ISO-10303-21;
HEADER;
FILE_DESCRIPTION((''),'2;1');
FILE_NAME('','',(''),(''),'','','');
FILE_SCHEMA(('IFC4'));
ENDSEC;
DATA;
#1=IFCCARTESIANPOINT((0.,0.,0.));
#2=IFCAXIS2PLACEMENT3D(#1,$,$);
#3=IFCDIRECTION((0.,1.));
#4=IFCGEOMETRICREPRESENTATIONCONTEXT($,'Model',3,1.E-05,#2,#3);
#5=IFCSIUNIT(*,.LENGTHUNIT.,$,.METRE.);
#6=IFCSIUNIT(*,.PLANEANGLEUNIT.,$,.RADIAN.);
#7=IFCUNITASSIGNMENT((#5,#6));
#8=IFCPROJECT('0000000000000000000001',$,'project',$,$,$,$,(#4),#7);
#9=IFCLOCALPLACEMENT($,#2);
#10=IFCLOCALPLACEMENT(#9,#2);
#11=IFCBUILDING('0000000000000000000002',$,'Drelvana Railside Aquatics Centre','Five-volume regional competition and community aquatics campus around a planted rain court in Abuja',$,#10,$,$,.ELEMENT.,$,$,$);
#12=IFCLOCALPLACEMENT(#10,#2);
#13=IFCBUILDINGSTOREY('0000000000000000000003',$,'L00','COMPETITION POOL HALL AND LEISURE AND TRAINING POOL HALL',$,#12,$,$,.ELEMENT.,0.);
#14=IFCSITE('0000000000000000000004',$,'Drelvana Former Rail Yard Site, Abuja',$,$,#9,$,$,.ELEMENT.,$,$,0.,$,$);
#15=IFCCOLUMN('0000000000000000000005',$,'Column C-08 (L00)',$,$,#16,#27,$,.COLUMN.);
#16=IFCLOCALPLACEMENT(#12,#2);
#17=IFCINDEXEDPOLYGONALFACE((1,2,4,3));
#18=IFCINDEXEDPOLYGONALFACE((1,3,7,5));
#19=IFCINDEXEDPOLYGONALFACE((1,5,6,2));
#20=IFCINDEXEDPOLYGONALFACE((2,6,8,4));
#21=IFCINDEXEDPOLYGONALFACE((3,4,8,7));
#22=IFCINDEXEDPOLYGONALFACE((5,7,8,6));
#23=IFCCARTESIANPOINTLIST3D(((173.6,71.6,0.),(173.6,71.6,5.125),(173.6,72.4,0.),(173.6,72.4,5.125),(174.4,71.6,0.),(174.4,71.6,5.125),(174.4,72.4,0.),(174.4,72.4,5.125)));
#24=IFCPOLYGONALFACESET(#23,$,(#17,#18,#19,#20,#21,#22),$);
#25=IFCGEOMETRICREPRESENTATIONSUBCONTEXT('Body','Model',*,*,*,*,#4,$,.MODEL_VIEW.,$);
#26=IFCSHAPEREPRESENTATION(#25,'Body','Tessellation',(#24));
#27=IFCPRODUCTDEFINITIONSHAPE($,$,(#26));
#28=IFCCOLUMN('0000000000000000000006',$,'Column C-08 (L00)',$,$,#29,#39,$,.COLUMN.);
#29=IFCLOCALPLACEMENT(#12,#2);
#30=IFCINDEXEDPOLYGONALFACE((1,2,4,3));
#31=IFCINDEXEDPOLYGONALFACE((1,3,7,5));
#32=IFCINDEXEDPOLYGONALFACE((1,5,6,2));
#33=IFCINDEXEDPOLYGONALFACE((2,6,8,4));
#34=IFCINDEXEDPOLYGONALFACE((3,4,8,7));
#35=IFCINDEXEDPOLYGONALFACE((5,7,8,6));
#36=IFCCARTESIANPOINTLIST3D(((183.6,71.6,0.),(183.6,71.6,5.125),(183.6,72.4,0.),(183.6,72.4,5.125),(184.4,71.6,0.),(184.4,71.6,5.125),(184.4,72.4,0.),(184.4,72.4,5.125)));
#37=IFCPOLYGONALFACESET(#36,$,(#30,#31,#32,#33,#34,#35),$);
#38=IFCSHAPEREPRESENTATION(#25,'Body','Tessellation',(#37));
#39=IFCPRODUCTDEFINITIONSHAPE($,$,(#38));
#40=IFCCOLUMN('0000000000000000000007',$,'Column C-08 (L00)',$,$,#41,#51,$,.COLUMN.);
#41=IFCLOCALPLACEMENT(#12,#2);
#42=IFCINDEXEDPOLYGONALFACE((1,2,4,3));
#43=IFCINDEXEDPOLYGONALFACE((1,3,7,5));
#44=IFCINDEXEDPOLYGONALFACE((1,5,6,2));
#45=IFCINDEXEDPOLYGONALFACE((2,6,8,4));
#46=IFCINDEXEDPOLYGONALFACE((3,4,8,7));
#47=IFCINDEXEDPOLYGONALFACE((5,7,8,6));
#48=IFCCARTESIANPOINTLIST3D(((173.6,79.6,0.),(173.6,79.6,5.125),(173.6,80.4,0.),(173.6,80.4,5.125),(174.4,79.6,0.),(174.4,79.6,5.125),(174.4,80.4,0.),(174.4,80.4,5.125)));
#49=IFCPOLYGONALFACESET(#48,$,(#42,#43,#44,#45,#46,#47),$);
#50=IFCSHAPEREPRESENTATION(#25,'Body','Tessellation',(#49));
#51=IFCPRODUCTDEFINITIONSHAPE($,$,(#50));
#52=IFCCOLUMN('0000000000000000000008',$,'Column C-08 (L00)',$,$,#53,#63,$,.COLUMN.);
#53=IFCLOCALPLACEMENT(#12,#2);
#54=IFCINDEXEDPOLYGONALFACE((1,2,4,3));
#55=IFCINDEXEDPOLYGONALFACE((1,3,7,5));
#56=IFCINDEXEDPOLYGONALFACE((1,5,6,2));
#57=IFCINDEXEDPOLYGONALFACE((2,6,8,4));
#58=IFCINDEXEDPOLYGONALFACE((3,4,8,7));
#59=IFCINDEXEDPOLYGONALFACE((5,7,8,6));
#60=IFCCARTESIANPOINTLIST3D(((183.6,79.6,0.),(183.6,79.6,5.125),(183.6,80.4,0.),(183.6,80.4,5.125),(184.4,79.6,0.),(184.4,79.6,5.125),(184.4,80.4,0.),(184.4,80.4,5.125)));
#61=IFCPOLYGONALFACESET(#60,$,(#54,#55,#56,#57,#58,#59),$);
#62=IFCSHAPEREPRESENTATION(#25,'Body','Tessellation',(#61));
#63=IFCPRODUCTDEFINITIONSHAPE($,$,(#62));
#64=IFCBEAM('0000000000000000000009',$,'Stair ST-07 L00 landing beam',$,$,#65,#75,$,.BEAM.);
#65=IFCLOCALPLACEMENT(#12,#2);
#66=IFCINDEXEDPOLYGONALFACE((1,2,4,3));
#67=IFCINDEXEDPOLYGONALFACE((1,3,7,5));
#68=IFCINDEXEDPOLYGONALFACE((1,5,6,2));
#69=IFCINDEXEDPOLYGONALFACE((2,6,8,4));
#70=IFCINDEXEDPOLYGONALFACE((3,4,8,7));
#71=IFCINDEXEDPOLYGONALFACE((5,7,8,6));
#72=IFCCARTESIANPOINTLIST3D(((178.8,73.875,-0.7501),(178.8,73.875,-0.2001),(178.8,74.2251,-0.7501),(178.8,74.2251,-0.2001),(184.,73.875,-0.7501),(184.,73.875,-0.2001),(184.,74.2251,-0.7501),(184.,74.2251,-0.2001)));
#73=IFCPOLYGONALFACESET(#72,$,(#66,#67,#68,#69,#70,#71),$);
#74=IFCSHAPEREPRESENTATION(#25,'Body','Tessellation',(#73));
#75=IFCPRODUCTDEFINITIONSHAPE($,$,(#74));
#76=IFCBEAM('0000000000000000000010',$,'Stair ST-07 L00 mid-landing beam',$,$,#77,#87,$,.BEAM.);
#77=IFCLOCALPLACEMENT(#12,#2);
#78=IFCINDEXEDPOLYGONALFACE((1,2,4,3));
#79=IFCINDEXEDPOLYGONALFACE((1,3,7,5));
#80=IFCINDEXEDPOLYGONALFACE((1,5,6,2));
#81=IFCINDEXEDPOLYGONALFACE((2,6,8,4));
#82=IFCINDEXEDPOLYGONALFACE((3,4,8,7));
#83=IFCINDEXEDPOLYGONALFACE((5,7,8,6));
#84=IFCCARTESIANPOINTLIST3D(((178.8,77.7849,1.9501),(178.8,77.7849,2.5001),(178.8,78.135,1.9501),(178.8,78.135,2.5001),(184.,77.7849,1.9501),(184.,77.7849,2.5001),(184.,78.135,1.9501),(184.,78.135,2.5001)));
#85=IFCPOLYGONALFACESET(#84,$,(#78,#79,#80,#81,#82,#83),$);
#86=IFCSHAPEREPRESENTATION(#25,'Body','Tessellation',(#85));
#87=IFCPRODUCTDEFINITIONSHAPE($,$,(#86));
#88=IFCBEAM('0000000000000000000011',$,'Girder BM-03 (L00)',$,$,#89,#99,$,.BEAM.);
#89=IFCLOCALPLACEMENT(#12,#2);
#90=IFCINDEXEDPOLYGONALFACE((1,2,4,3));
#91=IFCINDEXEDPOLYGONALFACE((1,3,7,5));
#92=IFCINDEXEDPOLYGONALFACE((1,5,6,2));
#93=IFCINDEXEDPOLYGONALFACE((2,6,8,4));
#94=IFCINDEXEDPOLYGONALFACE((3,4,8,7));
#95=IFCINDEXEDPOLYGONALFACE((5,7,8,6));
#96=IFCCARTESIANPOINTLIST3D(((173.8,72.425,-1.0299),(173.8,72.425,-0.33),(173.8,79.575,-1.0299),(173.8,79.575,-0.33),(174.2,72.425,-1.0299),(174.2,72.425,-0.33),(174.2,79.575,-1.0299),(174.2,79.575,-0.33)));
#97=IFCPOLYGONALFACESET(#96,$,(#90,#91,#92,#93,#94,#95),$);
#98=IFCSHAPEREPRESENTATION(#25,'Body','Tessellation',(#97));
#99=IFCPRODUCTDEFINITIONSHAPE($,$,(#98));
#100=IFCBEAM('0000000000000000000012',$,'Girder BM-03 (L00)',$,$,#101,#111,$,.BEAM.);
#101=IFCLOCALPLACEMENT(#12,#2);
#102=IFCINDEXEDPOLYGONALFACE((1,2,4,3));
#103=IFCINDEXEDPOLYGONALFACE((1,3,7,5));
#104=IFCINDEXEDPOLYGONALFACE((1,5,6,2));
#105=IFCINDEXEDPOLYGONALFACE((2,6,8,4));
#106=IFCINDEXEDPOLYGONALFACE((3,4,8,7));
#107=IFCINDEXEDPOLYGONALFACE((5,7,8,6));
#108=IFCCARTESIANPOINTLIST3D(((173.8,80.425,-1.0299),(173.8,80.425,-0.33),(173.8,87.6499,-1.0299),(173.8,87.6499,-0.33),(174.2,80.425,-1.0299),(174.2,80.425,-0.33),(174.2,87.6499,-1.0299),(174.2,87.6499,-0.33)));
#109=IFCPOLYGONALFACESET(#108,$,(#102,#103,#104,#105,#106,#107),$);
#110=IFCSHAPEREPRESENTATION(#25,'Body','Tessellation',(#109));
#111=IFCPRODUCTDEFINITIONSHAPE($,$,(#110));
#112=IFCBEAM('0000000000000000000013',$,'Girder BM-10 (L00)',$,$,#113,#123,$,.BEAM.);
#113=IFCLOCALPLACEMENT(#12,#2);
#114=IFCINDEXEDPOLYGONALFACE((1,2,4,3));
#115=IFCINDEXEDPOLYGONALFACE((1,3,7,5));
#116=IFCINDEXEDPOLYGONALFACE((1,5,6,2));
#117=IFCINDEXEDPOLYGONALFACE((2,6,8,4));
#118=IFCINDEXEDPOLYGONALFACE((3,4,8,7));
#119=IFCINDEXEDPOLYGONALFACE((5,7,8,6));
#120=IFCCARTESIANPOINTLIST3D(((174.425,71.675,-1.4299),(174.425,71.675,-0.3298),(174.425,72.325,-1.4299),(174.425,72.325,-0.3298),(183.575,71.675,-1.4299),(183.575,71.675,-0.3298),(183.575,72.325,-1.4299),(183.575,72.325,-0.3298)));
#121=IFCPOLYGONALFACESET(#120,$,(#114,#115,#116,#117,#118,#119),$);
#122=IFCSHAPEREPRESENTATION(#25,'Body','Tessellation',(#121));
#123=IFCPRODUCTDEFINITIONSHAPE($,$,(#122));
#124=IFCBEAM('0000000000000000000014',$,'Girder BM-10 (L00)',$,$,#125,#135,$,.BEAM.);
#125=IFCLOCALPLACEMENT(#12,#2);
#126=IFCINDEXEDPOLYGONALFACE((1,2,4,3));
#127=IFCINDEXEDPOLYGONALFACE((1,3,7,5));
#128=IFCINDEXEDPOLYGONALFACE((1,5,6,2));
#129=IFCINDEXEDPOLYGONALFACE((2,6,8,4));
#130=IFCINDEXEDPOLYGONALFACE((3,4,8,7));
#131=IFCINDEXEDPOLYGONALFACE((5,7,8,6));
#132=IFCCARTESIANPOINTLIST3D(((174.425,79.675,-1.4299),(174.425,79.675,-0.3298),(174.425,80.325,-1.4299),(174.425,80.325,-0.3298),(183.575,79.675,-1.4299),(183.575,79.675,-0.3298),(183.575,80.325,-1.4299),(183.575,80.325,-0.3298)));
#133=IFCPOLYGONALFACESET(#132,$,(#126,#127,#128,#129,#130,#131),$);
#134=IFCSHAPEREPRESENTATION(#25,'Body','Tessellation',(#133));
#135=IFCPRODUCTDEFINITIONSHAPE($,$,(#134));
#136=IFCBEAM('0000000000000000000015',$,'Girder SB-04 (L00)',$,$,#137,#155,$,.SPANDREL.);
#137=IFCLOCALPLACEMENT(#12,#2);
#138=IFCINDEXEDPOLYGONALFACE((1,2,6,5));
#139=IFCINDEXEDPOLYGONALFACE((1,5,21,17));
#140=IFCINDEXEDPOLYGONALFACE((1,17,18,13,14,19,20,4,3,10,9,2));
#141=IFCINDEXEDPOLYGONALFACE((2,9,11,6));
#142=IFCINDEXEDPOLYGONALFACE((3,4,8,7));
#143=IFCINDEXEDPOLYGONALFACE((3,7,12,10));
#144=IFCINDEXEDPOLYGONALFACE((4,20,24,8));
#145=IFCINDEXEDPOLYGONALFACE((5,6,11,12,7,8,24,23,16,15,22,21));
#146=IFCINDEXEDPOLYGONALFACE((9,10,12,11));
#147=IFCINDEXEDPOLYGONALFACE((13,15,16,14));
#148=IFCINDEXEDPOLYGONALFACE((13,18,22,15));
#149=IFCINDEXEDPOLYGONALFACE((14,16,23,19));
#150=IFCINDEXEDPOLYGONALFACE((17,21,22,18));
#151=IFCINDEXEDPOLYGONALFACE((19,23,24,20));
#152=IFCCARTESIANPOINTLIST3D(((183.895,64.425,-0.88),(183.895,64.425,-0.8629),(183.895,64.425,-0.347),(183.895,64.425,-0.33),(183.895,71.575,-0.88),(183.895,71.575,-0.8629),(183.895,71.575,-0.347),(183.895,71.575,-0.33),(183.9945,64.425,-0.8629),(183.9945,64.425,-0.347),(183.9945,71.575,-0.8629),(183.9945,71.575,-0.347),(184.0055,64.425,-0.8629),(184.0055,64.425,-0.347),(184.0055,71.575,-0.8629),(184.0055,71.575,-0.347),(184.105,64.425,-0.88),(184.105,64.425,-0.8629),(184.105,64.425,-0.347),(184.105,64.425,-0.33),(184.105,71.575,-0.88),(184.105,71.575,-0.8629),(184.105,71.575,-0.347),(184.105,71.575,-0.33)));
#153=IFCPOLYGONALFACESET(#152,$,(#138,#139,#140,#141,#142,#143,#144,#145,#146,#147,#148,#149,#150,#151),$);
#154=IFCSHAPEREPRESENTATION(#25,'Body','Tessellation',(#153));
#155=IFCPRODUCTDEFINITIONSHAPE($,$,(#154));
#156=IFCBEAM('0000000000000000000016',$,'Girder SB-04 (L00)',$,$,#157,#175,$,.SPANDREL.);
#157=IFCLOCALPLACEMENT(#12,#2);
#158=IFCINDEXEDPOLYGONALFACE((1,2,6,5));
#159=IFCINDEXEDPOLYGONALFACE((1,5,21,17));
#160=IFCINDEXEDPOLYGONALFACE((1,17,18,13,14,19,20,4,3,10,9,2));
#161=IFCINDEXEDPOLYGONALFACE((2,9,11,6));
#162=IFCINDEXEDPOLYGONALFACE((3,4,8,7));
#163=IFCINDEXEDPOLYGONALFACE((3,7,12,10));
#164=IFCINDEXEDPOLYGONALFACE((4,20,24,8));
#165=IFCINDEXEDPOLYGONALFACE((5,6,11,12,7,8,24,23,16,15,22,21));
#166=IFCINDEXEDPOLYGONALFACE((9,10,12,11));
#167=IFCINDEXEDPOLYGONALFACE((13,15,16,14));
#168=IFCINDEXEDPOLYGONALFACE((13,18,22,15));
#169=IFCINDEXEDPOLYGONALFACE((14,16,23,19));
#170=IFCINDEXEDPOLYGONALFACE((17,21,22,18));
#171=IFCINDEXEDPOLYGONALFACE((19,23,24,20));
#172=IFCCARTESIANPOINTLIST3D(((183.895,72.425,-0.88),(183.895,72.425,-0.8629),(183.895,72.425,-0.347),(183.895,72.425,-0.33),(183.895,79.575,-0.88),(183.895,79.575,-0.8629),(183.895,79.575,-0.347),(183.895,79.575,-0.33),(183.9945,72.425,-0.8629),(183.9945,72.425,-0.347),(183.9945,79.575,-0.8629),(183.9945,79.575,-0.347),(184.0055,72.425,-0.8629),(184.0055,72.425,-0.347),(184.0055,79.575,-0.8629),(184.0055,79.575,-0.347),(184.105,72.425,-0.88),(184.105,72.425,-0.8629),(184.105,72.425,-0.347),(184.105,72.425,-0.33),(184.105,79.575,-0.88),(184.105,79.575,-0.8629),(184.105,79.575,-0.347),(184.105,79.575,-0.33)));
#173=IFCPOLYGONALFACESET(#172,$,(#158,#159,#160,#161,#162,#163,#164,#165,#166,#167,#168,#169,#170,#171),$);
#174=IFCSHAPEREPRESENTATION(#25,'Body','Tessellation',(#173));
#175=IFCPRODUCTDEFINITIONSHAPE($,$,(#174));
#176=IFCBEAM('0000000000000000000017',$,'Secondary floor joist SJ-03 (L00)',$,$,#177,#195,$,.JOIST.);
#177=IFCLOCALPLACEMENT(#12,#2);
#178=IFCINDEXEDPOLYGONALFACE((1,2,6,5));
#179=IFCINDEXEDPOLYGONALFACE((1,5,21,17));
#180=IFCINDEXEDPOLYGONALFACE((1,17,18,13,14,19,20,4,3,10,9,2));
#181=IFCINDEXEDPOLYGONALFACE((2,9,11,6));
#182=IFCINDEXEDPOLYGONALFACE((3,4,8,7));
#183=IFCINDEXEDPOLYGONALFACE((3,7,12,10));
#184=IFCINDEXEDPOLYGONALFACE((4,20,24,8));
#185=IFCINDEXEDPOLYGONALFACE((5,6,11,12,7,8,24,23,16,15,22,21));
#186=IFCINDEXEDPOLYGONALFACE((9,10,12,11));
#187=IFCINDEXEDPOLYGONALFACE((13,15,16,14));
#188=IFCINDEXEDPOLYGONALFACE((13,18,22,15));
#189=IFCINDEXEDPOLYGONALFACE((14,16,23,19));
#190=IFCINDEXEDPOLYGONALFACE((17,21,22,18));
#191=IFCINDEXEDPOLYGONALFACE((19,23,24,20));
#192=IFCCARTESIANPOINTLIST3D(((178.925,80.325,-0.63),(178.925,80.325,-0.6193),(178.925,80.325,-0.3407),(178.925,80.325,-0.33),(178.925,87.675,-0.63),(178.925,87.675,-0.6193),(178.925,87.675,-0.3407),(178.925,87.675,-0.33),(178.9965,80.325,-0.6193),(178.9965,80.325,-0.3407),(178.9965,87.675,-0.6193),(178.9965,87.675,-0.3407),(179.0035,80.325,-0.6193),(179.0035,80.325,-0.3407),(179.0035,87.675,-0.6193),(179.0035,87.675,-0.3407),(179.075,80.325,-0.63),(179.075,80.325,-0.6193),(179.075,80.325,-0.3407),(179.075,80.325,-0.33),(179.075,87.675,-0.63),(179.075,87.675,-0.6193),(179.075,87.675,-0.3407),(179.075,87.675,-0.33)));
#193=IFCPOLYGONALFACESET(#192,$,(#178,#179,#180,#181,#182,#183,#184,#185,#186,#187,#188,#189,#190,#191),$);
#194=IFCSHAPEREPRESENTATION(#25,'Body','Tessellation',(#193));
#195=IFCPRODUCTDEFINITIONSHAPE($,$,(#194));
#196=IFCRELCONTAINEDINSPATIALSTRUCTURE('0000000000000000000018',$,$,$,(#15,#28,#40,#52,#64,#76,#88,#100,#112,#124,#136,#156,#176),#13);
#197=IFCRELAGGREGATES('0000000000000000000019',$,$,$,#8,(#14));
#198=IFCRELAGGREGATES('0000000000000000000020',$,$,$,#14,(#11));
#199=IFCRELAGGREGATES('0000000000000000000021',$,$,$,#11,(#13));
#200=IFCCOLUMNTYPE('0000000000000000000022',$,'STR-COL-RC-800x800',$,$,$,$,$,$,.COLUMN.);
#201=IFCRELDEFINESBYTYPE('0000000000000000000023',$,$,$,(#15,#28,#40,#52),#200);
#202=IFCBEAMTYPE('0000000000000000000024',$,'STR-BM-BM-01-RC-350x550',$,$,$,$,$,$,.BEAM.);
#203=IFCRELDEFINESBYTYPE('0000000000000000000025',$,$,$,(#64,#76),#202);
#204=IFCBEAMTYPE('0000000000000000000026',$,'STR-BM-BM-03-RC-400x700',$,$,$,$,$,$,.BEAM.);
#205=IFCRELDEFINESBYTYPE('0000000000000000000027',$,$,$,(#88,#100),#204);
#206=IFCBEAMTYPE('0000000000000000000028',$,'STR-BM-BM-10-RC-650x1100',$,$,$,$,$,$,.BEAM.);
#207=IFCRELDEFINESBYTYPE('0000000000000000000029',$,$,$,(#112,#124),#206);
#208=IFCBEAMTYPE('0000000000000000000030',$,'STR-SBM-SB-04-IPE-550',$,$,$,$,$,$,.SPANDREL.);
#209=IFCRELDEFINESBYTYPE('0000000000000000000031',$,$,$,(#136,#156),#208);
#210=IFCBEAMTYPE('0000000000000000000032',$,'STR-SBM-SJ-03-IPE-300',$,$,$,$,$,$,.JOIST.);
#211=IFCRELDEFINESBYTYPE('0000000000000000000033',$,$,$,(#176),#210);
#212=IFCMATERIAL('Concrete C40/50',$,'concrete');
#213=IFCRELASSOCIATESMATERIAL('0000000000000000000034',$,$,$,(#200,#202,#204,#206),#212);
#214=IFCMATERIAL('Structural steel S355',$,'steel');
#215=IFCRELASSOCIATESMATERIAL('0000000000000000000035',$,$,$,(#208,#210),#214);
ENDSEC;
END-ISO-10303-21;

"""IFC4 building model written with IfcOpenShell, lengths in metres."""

from ifc_helpers import new_model, si_unit, direction, frame, origin, origin_2d, place, context, subcontext, project, spatial, rectangle, i_section, extrude, material, material_profile, profile_set, type_object, element, save


model = new_model("IFC4")

# Units and contexts
model_context = context("Model", 3, precision=1e-05, world=origin(), true_north=direction((0.0, 1.0)))
body_context = subcontext(model_context, "Body", "Model", "MODEL_VIEW")
ifc_project = project(units=[si_unit("LENGTHUNIT", "METRE"), si_unit("PLANEANGLEUNIT", "RADIAN")], contexts=[model_context])

# Site, building, storey
site_placement = place(None, origin())
site = spatial("IfcSite", under=ifc_project, at=site_placement, Name="Drelvana Former Rail Yard Site, Abuja", CompositionType="ELEMENT", RefElevation=0.0)
building_placement = place(site_placement, origin())
building = spatial("IfcBuilding", under=site, at=building_placement, Name="Drelvana Railside Aquatics Centre", Description="Five-volume regional competition and community aquatics campus around a planted rain court in Abuja", CompositionType="ELEMENT")
storey_placement = place(building_placement, origin())
storey = spatial("IfcBuildingStorey", under=building, at=storey_placement, Name="L00", Description="COMPETITION POOL HALL AND LEISURE AND TRAINING POOL HALL", CompositionType="ELEMENT", Elevation=0.0)

# Columns
ifc_material_1 = material(Name="Concrete C40/50", Category="concrete")
ifc_material_profile_1 = material_profile(ifc_material_1, rectangle(XDim=0.8, YDim=0.8, at=origin_2d()), Name="RC 800x800")
ifc_profile_set_1 = profile_set([ifc_material_profile_1], Name="Concrete C40/50")
column_type = type_object("IfcColumnType", Name="STR-COL-RC-800x800", PredefinedType="COLUMN", material=ifc_profile_set_1)
for number, where, z_axis, x_axis, name in (
    (1, (174.0, 72.0, 0.0), (0.0, 0.0, 1.0), (1.0, 0.0, 0.0), "Column C-08 (L00)"),
    (2, (184.0, 72.0, 0.0), (0.0, 0.0, 1.0), (1.0, 0.0, 0.0), "Column C-08 (L00)"),
    (3, (174.0, 80.0, 0.0), (0.0, 0.0, 1.0), (1.0, 0.0, 0.0), "Column C-08 (L00)"),
    (4, (184.0, 80.0, 0.0), (0.0, 0.0, 1.0), (1.0, 0.0, 0.0), "Column C-08 (L00)"),
):
    element("IfcColumn", number, at=place(storey_placement, frame(where, z_axis=z_axis, x_axis=x_axis)), inside=storey, type_object=column_type, Name=name, PredefinedType="COLUMN", context=body_context, shape_type="SweptSolid", body=[
        extrude(rectangle(XDim=0.8, YDim=0.8, at=origin_2d()), origin(), (0.0, 0.0, 1.0), 5.125),
    ])

# Beams
ifc_material_profile_2 = material_profile(ifc_material_1, rectangle(XDim=0.3501, YDim=0.55, at=origin_2d()), Name="RC 350x550")
ifc_profile_set_2 = profile_set([ifc_material_profile_2], Name="Concrete C40/50")
beam_type_1 = type_object("IfcBeamType", Name="STR-BM-BM-01-RC-350x550", PredefinedType="BEAM", material=ifc_profile_set_2)
for number, where, z_axis, x_axis, name in (
    (5, (178.8, 74.05, -0.4751), (1.0, 0.0, 0.0), (0.0, 1.0, 0.0), "Stair ST-07 L00 landing beam"),
    (6, (178.8, 77.96, 2.2251), (1.0, 0.0, 0.0), (0.0, 1.0, 0.0), "Stair ST-07 L00 mid-landing beam"),
):
    element("IfcBeam", number, at=place(storey_placement, frame(where, z_axis=z_axis, x_axis=x_axis)), inside=storey, type_object=beam_type_1, Name=name, PredefinedType="BEAM", context=body_context, shape_type="SweptSolid", body=[
        extrude(rectangle(XDim=0.3501, YDim=0.55, at=origin_2d()), origin(), (0.0, 0.0, 1.0), 5.2),
    ])
ifc_material_profile_3 = material_profile(ifc_material_1, rectangle(XDim=0.3999, YDim=0.7, at=origin_2d()), Name="RC 400x700")
ifc_profile_set_3 = profile_set([ifc_material_profile_3], Name="Concrete C40/50")
beam_type_2 = type_object("IfcBeamType", Name="STR-BM-BM-03-RC-400x700", PredefinedType="BEAM", material=ifc_profile_set_3)
beam_1_placement = place(storey_placement, frame((174.0, 72.425, -0.6799), z_axis=(0.0, 1.0, 0.0), x_axis=(-1.0, 0.0, 0.0)))
element("IfcBeam", 7, at=beam_1_placement, inside=storey, type_object=beam_type_2, Name="Girder BM-03 (L00)", PredefinedType="BEAM", context=body_context, shape_type="SweptSolid", body=[
    extrude(rectangle(XDim=0.3999, YDim=0.7, at=origin_2d()), origin(), (0.0, 0.0, 1.0), 7.1499),
])
beam_2_placement = place(storey_placement, frame((174.0, 80.425, -0.6799), z_axis=(0.0, 1.0, 0.0), x_axis=(-1.0, 0.0, 0.0)))
element("IfcBeam", 8, at=beam_2_placement, inside=storey, type_object=beam_type_2, Name="Girder BM-03 (L00)", PredefinedType="BEAM", context=body_context, shape_type="SweptSolid", body=[
    extrude(rectangle(XDim=0.3999, YDim=0.7, at=origin_2d()), origin(), (0.0, 0.0, 1.0), 7.2249),
])
ifc_material_profile_4 = material_profile(ifc_material_1, rectangle(XDim=0.6499, YDim=1.1001, at=origin_2d()), Name="RC 650x1100")
ifc_profile_set_4 = profile_set([ifc_material_profile_4], Name="Concrete C40/50")
beam_type_3 = type_object("IfcBeamType", Name="STR-BM-BM-10-RC-650x1100", PredefinedType="BEAM", material=ifc_profile_set_4)
for number, where, z_axis, x_axis, name in (
    (9, (174.425, 72.0, -0.8799), (1.0, 0.0, 0.0), (0.0, 1.0, 0.0), "Girder BM-10 (L00)"),
    (10, (174.425, 80.0, -0.8799), (1.0, 0.0, 0.0), (0.0, 1.0, 0.0), "Girder BM-10 (L00)"),
):
    element("IfcBeam", number, at=place(storey_placement, frame(where, z_axis=z_axis, x_axis=x_axis)), inside=storey, type_object=beam_type_3, Name=name, PredefinedType="BEAM", context=body_context, shape_type="SweptSolid", body=[
        extrude(rectangle(XDim=0.6499, YDim=1.1001, at=origin_2d()), origin(), (0.0, 0.0, 1.0), 9.1499),
    ])
ifc_material_2 = material(Name="Structural steel S355", Category="steel")
ifc_material_profile_5 = material_profile(ifc_material_2, i_section(OverallWidth=0.21, OverallDepth=0.55, WebThickness=0.011, FlangeThickness=0.0171, at=origin_2d()), Name="IPE 550")
ifc_profile_set_5 = profile_set([ifc_material_profile_5], Name="Structural steel S355")
beam_type_4 = type_object("IfcBeamType", Name="STR-SBM-SB-04-IPE-550", PredefinedType="SPANDREL", material=ifc_profile_set_5)
for number, where, z_axis, x_axis, name in (
    (11, (184.0, 64.425, -0.605), (0.0, 1.0, 0.0), (-1.0, 0.0, 0.0), "Girder SB-04 (L00)"),
    (12, (184.0, 72.425, -0.605), (0.0, 1.0, 0.0), (-1.0, 0.0, 0.0), "Girder SB-04 (L00)"),
):
    element("IfcBeam", number, at=place(storey_placement, frame(where, z_axis=z_axis, x_axis=x_axis)), inside=storey, type_object=beam_type_4, Name=name, PredefinedType="SPANDREL", context=body_context, shape_type="SweptSolid", body=[
        extrude(i_section(OverallWidth=0.21, OverallDepth=0.55, WebThickness=0.011, FlangeThickness=0.0171, at=origin_2d()), origin(), (0.0, 0.0, 1.0), 7.1499),
    ])
ifc_material_profile_6 = material_profile(ifc_material_2, i_section(OverallWidth=0.1499, OverallDepth=0.3, WebThickness=0.0071, FlangeThickness=0.0107, at=origin_2d()), Name="IPE 300")
ifc_profile_set_6 = profile_set([ifc_material_profile_6], Name="Structural steel S355")
beam_type_5 = type_object("IfcBeamType", Name="STR-SBM-SJ-03-IPE-300", PredefinedType="JOIST", material=ifc_profile_set_6)
beam_3_placement = place(storey_placement, frame((179.0, 80.325, -0.48), z_axis=(0.0, 1.0, 0.0), x_axis=(-1.0, 0.0, 0.0)))
element("IfcBeam", 13, at=beam_3_placement, inside=storey, type_object=beam_type_5, Name="Secondary floor joist SJ-03 (L00)", PredefinedType="JOIST", context=body_context, shape_type="SweptSolid", body=[
    extrude(i_section(OverallWidth=0.1499, OverallDepth=0.3, WebThickness=0.0071, FlangeThickness=0.0107, at=origin_2d()), origin(), (0.0, 0.0, 1.0), 7.3501),
])

save(model, "model.ifc")
